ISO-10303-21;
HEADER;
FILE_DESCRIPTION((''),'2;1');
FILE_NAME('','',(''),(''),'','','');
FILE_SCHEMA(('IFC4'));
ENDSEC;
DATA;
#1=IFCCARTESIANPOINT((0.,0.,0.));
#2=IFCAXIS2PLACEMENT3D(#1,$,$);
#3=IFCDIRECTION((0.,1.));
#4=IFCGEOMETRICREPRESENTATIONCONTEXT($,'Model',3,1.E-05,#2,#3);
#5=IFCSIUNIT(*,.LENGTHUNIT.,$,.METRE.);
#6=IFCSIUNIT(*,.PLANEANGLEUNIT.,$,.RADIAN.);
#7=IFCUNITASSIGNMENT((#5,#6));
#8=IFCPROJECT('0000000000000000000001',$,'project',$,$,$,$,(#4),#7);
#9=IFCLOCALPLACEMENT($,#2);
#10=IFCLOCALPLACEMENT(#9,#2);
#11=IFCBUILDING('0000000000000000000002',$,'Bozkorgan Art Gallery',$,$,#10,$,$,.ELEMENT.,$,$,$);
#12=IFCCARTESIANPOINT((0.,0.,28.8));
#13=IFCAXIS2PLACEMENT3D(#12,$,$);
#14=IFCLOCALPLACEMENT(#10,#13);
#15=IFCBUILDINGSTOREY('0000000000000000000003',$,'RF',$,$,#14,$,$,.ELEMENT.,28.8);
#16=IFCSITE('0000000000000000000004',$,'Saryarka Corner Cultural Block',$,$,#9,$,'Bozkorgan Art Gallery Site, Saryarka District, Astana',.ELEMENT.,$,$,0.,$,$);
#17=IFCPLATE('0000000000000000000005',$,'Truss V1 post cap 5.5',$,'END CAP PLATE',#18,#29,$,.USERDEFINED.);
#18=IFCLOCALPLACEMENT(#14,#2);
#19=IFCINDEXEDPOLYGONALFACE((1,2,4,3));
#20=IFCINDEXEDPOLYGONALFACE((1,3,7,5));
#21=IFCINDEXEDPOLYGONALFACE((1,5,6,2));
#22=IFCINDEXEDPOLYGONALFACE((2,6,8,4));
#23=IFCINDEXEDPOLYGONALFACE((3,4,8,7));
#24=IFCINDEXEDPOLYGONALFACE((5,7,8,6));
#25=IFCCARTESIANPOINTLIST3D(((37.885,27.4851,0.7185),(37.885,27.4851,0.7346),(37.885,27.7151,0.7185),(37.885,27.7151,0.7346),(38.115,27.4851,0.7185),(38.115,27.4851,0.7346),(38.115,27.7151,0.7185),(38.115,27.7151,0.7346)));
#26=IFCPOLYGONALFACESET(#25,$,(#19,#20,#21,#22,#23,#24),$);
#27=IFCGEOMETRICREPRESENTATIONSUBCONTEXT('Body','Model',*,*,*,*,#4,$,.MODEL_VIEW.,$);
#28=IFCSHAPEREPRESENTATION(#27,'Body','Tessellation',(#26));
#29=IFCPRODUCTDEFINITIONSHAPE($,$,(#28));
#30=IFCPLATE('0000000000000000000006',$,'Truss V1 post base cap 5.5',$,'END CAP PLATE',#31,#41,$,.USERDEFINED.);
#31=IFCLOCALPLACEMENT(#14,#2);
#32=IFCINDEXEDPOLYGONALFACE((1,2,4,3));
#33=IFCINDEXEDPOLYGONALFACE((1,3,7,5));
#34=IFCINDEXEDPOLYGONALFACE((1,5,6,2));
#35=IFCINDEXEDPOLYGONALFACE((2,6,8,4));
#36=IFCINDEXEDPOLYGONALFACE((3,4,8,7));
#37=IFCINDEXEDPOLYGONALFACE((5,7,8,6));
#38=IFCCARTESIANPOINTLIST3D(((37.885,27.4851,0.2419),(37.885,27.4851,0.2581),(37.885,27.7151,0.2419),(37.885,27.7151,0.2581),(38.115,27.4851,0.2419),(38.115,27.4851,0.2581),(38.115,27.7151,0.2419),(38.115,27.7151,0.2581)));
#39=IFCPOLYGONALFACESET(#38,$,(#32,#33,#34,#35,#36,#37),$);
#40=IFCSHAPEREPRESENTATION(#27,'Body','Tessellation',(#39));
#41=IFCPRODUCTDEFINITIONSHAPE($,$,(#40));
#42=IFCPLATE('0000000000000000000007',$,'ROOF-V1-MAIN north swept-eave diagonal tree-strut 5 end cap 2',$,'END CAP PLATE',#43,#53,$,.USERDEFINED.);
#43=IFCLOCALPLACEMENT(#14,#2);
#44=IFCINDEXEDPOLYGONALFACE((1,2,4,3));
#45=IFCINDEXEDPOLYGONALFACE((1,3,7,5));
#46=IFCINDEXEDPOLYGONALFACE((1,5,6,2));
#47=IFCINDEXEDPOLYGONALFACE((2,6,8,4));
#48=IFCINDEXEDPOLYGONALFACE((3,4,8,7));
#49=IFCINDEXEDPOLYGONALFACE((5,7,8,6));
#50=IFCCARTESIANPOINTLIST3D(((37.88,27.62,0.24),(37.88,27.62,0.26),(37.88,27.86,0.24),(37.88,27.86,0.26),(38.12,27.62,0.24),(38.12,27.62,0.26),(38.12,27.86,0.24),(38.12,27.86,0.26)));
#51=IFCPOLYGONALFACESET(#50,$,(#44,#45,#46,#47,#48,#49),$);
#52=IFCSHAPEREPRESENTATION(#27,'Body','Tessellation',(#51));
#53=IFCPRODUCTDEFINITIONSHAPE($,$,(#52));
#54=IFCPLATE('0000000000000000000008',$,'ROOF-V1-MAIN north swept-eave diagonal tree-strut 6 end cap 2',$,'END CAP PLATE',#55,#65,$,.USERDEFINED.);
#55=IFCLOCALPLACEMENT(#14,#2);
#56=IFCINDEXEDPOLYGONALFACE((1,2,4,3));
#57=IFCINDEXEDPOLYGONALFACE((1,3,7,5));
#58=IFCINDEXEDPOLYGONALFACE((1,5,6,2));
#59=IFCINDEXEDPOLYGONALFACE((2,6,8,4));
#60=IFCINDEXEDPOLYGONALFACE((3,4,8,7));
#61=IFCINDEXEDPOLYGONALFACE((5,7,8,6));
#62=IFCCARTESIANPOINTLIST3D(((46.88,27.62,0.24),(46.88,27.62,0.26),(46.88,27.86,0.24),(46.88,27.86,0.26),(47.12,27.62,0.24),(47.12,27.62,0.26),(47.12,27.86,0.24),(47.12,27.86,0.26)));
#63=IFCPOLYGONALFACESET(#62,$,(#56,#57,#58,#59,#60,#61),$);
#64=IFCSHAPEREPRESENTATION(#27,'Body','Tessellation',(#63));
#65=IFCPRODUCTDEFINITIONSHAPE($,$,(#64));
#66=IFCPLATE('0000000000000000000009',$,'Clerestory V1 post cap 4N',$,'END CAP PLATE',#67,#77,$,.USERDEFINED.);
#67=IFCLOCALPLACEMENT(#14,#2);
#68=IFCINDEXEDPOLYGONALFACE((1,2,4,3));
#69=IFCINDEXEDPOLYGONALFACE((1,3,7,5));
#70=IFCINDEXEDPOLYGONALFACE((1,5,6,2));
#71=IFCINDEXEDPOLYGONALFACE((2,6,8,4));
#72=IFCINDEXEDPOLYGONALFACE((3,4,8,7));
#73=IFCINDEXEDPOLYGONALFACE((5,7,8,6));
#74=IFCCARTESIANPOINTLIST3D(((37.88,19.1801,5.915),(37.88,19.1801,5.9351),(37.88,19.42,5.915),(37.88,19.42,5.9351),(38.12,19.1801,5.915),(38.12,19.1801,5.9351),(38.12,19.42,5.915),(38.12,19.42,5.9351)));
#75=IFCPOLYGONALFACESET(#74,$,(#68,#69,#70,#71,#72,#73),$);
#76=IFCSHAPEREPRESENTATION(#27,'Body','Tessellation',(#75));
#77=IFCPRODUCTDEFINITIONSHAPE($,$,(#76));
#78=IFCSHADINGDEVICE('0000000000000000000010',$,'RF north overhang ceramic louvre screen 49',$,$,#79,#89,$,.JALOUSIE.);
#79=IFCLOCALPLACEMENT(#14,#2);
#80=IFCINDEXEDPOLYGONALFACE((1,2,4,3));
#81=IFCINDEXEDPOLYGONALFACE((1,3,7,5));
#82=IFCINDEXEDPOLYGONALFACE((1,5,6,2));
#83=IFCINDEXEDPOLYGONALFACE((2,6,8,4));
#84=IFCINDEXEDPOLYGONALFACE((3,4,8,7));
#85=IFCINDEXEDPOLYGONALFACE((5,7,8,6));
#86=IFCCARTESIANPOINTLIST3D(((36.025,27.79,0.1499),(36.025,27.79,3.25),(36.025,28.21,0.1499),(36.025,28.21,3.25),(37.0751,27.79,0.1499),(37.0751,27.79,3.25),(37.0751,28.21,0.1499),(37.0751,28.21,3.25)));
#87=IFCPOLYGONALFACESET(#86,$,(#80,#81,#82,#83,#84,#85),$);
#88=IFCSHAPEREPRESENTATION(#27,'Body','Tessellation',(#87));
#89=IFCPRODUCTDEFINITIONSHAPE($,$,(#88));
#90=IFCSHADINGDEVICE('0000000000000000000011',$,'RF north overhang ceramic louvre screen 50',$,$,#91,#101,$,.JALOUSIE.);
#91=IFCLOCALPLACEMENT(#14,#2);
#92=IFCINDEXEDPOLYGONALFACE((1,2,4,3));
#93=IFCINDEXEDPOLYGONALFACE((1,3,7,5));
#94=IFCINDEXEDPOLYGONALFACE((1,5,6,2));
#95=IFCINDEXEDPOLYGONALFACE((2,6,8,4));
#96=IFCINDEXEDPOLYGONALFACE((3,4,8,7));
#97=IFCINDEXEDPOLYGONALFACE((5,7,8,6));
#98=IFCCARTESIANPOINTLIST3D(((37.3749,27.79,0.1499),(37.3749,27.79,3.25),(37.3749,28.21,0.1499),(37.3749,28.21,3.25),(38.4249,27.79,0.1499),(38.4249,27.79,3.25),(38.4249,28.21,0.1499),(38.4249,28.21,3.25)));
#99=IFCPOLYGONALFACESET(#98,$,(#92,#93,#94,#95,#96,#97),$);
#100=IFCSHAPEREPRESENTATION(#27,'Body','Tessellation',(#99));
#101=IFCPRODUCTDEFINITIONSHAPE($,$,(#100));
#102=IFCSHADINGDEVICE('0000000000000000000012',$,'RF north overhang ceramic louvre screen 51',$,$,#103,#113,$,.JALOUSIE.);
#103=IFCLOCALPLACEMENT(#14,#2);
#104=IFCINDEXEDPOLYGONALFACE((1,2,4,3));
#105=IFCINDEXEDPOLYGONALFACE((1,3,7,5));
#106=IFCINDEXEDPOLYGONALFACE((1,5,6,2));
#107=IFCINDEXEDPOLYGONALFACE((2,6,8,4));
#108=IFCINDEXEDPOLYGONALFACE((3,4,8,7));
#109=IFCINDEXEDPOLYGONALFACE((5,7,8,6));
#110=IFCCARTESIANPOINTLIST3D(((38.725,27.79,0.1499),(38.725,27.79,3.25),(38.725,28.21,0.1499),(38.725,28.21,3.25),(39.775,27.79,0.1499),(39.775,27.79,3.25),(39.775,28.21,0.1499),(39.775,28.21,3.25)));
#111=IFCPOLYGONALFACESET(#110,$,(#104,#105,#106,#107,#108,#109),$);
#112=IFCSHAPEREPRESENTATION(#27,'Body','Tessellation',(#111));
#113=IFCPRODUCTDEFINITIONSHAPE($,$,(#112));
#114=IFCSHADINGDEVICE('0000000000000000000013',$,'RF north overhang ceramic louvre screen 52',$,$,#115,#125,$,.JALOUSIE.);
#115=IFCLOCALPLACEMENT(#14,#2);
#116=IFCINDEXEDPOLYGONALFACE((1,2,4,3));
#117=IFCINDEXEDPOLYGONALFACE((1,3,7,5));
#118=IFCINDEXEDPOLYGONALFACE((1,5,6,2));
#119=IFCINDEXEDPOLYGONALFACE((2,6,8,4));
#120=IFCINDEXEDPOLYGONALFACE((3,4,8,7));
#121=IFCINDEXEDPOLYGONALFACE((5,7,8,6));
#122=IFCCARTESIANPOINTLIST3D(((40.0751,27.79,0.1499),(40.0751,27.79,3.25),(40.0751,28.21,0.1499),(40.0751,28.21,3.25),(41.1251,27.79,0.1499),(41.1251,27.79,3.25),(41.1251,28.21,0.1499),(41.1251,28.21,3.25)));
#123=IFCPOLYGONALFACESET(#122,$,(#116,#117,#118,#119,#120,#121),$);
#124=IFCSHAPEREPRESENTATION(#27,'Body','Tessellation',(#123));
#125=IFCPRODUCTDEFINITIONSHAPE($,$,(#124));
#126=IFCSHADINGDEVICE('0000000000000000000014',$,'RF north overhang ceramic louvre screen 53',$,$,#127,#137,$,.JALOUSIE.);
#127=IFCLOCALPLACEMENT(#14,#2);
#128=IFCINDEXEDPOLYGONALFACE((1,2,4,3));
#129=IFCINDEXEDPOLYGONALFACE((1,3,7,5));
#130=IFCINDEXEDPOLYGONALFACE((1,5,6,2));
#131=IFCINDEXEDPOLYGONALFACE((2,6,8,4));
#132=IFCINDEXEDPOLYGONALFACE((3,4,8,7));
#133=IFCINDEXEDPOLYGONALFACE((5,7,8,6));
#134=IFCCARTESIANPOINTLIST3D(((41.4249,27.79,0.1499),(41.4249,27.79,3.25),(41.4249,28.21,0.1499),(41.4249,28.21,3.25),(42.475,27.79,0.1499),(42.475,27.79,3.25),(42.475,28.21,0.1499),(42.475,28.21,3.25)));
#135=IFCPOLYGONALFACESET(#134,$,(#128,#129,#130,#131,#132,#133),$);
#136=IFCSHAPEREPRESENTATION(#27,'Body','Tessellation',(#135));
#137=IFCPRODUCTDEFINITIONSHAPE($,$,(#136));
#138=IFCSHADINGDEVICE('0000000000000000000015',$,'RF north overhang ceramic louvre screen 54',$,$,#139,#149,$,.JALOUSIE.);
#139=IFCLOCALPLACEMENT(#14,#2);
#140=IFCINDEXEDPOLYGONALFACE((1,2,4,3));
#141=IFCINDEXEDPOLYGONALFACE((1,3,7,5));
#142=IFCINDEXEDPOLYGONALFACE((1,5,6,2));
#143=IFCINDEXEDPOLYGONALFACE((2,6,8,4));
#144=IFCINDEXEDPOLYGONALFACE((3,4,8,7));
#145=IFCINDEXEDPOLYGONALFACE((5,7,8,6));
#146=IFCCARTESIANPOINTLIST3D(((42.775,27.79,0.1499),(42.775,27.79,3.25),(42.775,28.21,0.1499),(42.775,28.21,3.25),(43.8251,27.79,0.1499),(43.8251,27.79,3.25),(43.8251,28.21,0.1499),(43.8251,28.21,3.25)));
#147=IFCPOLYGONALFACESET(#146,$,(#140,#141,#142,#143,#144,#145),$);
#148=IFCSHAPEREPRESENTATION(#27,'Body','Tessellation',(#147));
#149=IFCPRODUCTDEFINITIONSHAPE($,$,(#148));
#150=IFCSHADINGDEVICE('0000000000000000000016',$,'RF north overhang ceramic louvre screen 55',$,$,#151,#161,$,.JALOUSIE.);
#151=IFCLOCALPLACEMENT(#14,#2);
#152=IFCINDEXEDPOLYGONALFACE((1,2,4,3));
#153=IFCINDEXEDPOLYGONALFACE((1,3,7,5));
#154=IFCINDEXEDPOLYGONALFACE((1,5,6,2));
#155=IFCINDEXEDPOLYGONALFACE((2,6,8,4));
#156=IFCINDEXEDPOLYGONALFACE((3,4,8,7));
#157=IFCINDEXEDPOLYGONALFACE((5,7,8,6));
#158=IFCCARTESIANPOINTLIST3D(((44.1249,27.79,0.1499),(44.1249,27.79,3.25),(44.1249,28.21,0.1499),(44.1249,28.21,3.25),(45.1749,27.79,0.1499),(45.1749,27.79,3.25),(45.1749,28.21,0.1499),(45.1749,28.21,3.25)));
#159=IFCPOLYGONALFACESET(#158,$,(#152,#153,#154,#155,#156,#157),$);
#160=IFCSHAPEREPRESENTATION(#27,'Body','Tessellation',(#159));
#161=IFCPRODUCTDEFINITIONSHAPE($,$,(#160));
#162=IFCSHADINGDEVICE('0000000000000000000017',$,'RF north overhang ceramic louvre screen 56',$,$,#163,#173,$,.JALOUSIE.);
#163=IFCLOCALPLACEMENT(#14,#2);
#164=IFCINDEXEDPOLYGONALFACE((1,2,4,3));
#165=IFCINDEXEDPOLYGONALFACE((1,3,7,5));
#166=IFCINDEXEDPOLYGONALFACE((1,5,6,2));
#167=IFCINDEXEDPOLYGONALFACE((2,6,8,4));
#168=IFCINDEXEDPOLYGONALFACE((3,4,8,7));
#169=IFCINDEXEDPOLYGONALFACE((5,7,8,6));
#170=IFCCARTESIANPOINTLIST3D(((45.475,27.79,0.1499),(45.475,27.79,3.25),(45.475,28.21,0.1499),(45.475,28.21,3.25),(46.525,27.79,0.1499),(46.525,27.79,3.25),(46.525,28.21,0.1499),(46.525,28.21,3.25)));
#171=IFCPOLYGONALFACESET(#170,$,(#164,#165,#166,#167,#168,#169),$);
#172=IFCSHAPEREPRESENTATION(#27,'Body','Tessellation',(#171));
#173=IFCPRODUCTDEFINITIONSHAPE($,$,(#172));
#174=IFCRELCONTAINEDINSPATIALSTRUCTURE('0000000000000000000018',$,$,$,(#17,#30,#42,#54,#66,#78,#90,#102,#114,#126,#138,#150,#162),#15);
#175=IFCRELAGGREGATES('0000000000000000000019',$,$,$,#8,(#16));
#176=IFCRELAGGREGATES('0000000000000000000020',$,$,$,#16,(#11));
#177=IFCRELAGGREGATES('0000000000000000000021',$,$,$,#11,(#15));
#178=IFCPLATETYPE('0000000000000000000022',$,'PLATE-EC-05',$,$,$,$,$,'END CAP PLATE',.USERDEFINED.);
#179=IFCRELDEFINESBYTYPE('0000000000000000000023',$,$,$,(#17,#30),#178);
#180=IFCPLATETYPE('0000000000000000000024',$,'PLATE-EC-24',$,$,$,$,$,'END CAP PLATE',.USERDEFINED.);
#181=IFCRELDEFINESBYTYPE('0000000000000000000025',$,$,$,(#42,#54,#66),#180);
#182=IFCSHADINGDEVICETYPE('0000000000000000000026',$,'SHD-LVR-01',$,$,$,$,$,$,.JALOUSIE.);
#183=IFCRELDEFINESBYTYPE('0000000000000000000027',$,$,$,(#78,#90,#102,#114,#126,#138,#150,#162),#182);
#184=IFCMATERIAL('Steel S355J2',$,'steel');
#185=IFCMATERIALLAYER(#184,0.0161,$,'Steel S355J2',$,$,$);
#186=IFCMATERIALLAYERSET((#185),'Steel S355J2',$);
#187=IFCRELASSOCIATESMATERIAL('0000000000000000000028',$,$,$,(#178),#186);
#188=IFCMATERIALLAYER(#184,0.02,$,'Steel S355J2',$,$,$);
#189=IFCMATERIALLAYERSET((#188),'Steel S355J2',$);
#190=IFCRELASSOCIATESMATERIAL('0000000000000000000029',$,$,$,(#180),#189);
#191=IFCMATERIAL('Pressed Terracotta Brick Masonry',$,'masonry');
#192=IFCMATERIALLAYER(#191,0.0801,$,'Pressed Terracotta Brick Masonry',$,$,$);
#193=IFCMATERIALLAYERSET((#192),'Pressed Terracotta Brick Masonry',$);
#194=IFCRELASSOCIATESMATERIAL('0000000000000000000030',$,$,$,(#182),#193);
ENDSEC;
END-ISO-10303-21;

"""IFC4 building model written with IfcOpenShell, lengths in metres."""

from ifc_helpers import new_model, si_unit, direction, frame, origin, origin_2d, place, context, subcontext, project, spatial, rectangle, extrude, material, layer, layer_set, type_object, element, save


model = new_model("IFC4")

# Units and contexts
model_context = context("Model", 3, precision=1e-05, world=origin(), true_north=direction((0.0, 1.0)))
body_context = subcontext(model_context, "Body", "Model", "MODEL_VIEW")
ifc_project = project(units=[si_unit("LENGTHUNIT", "METRE"), si_unit("PLANEANGLEUNIT", "RADIAN")], contexts=[model_context])

# Site, building, storey
site_placement = place(None, origin())
site = spatial("IfcSite", under=ifc_project, at=site_placement, Name="Saryarka Corner Cultural Block", LongName="Bozkorgan Art Gallery Site, Saryarka District, Astana", CompositionType="ELEMENT", RefElevation=0.0)
building_placement = place(site_placement, origin())
building = spatial("IfcBuilding", under=site, at=building_placement, Name="Bozkorgan Art Gallery", CompositionType="ELEMENT")
storey_placement = place(building_placement, frame((0.0, 0.0, 28.8)))
storey = spatial("IfcBuildingStorey", under=building, at=storey_placement, Name="RF", CompositionType="ELEMENT", Elevation=28.8)

# Shared definitions
ifc_material_1 = material(Name="Steel S355J2", Category="steel")

# Plates
ifc_layer_1 = layer(ifc_material_1, 0.0161, Name="Steel S355J2")
ifc_layer_set_1 = layer_set([ifc_layer_1], Name="Steel S355J2")
plate_type_1 = type_object("IfcPlateType", Name="PLATE-EC-05", ElementType="END CAP PLATE", PredefinedType="USERDEFINED", material=ifc_layer_set_1)
for number, where, z_axis, x_axis, name in (
    (1, (38.0, 27.6001, 0.7185), (0.0, 0.0, 1.0), (1.0, 0.0, 0.0), "Truss V1 post cap 5.5"),
    (2, (38.0, 27.6001, 0.2419), (0.0, 0.0, 1.0), (1.0, 0.0, 0.0), "Truss V1 post base cap 5.5"),
):
    element("IfcPlate", number, at=place(storey_placement, frame(where, z_axis=z_axis, x_axis=x_axis)), inside=storey, type_object=plate_type_1, Name=name, ObjectType="END CAP PLATE", PredefinedType="USERDEFINED", context=body_context, shape_type="SweptSolid", body=[
        extrude(rectangle(XDim=0.23, YDim=0.23, at=origin_2d()), origin(), (0.0, 0.0, 1.0), 0.0161),
    ])
ifc_layer_2 = layer(ifc_material_1, 0.02, Name="Steel S355J2")
ifc_layer_set_2 = layer_set([ifc_layer_2], Name="Steel S355J2")
plate_type_2 = type_object("IfcPlateType", Name="PLATE-EC-24", ElementType="END CAP PLATE", PredefinedType="USERDEFINED", material=ifc_layer_set_2)
for number, where, z_axis, x_axis, name in (
    (3, (38.0, 27.74, 0.24), (0.0, 0.0, 1.0), (1.0, 0.0, 0.0), "ROOF-V1-MAIN north swept-eave diagonal tree-strut 5 end cap 2"),
    (4, (47.0, 27.74, 0.24), (0.0, 0.0, 1.0), (1.0, 0.0, 0.0), "ROOF-V1-MAIN north swept-eave diagonal tree-strut 6 end cap 2"),
    (5, (38.0, 19.3, 5.915), (0.0, 0.0, 1.0), (1.0, 0.0, 0.0), "Clerestory V1 post cap 4N"),
):
    element("IfcPlate", number, at=place(storey_placement, frame(where, z_axis=z_axis, x_axis=x_axis)), inside=storey, type_object=plate_type_2, Name=name, ObjectType="END CAP PLATE", PredefinedType="USERDEFINED", context=body_context, shape_type="SweptSolid", body=[
        extrude(rectangle(XDim=0.24, YDim=0.24, at=origin_2d()), origin(), (0.0, 0.0, 1.0), 0.02),
    ])

# Shading devices
ifc_material_2 = material(Name="Pressed Terracotta Brick Masonry", Category="masonry")
ifc_layer_3 = layer(ifc_material_2, 0.0801, Name="Pressed Terracotta Brick Masonry")
ifc_layer_set_3 = layer_set([ifc_layer_3], Name="Pressed Terracotta Brick Masonry")
shading_device_type = type_object("IfcShadingDeviceType", Name="SHD-LVR-01", PredefinedType="JALOUSIE", material=ifc_layer_set_3)
for number, where, z_axis, x_axis, name in (
    (6, (36.55, 28.0, 0.1499), (0.0, 0.0, 1.0), (1.0, 0.0, 0.0), "RF north overhang ceramic louvre screen 49"),
    (7, (37.8999, 28.0, 0.1499), (0.0, 0.0, 1.0), (1.0, 0.0, 0.0), "RF north overhang ceramic louvre screen 50"),
    (8, (39.25, 28.0, 0.1499), (0.0, 0.0, 1.0), (1.0, 0.0, 0.0), "RF north overhang ceramic louvre screen 51"),
    (9, (40.6001, 28.0, 0.1499), (0.0, 0.0, 1.0), (1.0, 0.0, 0.0), "RF north overhang ceramic louvre screen 52"),
    (10, (41.95, 28.0, 0.1499), (0.0, 0.0, 1.0), (1.0, 0.0, 0.0), "RF north overhang ceramic louvre screen 53"),
    (11, (43.3, 28.0, 0.1499), (0.0, 0.0, 1.0), (1.0, 0.0, 0.0), "RF north overhang ceramic louvre screen 54"),
    (12, (44.6499, 28.0, 0.1499), (0.0, 0.0, 1.0), (1.0, 0.0, 0.0), "RF north overhang ceramic louvre screen 55"),
    (13, (46.0, 28.0, 0.1499), (0.0, 0.0, 1.0), (1.0, 0.0, 0.0), "RF north overhang ceramic louvre screen 56"),
):
    element("IfcShadingDevice", number, at=place(storey_placement, frame(where, z_axis=z_axis, x_axis=x_axis)), inside=storey, type_object=shading_device_type, Name=name, PredefinedType="JALOUSIE", context=body_context, shape_type="SweptSolid", body=[
        extrude(rectangle(XDim=1.05, YDim=0.4199, at=origin_2d()), origin(), (0.0, 0.0, 1.0), 3.1001),
    ])

save(model, "model.ifc")
